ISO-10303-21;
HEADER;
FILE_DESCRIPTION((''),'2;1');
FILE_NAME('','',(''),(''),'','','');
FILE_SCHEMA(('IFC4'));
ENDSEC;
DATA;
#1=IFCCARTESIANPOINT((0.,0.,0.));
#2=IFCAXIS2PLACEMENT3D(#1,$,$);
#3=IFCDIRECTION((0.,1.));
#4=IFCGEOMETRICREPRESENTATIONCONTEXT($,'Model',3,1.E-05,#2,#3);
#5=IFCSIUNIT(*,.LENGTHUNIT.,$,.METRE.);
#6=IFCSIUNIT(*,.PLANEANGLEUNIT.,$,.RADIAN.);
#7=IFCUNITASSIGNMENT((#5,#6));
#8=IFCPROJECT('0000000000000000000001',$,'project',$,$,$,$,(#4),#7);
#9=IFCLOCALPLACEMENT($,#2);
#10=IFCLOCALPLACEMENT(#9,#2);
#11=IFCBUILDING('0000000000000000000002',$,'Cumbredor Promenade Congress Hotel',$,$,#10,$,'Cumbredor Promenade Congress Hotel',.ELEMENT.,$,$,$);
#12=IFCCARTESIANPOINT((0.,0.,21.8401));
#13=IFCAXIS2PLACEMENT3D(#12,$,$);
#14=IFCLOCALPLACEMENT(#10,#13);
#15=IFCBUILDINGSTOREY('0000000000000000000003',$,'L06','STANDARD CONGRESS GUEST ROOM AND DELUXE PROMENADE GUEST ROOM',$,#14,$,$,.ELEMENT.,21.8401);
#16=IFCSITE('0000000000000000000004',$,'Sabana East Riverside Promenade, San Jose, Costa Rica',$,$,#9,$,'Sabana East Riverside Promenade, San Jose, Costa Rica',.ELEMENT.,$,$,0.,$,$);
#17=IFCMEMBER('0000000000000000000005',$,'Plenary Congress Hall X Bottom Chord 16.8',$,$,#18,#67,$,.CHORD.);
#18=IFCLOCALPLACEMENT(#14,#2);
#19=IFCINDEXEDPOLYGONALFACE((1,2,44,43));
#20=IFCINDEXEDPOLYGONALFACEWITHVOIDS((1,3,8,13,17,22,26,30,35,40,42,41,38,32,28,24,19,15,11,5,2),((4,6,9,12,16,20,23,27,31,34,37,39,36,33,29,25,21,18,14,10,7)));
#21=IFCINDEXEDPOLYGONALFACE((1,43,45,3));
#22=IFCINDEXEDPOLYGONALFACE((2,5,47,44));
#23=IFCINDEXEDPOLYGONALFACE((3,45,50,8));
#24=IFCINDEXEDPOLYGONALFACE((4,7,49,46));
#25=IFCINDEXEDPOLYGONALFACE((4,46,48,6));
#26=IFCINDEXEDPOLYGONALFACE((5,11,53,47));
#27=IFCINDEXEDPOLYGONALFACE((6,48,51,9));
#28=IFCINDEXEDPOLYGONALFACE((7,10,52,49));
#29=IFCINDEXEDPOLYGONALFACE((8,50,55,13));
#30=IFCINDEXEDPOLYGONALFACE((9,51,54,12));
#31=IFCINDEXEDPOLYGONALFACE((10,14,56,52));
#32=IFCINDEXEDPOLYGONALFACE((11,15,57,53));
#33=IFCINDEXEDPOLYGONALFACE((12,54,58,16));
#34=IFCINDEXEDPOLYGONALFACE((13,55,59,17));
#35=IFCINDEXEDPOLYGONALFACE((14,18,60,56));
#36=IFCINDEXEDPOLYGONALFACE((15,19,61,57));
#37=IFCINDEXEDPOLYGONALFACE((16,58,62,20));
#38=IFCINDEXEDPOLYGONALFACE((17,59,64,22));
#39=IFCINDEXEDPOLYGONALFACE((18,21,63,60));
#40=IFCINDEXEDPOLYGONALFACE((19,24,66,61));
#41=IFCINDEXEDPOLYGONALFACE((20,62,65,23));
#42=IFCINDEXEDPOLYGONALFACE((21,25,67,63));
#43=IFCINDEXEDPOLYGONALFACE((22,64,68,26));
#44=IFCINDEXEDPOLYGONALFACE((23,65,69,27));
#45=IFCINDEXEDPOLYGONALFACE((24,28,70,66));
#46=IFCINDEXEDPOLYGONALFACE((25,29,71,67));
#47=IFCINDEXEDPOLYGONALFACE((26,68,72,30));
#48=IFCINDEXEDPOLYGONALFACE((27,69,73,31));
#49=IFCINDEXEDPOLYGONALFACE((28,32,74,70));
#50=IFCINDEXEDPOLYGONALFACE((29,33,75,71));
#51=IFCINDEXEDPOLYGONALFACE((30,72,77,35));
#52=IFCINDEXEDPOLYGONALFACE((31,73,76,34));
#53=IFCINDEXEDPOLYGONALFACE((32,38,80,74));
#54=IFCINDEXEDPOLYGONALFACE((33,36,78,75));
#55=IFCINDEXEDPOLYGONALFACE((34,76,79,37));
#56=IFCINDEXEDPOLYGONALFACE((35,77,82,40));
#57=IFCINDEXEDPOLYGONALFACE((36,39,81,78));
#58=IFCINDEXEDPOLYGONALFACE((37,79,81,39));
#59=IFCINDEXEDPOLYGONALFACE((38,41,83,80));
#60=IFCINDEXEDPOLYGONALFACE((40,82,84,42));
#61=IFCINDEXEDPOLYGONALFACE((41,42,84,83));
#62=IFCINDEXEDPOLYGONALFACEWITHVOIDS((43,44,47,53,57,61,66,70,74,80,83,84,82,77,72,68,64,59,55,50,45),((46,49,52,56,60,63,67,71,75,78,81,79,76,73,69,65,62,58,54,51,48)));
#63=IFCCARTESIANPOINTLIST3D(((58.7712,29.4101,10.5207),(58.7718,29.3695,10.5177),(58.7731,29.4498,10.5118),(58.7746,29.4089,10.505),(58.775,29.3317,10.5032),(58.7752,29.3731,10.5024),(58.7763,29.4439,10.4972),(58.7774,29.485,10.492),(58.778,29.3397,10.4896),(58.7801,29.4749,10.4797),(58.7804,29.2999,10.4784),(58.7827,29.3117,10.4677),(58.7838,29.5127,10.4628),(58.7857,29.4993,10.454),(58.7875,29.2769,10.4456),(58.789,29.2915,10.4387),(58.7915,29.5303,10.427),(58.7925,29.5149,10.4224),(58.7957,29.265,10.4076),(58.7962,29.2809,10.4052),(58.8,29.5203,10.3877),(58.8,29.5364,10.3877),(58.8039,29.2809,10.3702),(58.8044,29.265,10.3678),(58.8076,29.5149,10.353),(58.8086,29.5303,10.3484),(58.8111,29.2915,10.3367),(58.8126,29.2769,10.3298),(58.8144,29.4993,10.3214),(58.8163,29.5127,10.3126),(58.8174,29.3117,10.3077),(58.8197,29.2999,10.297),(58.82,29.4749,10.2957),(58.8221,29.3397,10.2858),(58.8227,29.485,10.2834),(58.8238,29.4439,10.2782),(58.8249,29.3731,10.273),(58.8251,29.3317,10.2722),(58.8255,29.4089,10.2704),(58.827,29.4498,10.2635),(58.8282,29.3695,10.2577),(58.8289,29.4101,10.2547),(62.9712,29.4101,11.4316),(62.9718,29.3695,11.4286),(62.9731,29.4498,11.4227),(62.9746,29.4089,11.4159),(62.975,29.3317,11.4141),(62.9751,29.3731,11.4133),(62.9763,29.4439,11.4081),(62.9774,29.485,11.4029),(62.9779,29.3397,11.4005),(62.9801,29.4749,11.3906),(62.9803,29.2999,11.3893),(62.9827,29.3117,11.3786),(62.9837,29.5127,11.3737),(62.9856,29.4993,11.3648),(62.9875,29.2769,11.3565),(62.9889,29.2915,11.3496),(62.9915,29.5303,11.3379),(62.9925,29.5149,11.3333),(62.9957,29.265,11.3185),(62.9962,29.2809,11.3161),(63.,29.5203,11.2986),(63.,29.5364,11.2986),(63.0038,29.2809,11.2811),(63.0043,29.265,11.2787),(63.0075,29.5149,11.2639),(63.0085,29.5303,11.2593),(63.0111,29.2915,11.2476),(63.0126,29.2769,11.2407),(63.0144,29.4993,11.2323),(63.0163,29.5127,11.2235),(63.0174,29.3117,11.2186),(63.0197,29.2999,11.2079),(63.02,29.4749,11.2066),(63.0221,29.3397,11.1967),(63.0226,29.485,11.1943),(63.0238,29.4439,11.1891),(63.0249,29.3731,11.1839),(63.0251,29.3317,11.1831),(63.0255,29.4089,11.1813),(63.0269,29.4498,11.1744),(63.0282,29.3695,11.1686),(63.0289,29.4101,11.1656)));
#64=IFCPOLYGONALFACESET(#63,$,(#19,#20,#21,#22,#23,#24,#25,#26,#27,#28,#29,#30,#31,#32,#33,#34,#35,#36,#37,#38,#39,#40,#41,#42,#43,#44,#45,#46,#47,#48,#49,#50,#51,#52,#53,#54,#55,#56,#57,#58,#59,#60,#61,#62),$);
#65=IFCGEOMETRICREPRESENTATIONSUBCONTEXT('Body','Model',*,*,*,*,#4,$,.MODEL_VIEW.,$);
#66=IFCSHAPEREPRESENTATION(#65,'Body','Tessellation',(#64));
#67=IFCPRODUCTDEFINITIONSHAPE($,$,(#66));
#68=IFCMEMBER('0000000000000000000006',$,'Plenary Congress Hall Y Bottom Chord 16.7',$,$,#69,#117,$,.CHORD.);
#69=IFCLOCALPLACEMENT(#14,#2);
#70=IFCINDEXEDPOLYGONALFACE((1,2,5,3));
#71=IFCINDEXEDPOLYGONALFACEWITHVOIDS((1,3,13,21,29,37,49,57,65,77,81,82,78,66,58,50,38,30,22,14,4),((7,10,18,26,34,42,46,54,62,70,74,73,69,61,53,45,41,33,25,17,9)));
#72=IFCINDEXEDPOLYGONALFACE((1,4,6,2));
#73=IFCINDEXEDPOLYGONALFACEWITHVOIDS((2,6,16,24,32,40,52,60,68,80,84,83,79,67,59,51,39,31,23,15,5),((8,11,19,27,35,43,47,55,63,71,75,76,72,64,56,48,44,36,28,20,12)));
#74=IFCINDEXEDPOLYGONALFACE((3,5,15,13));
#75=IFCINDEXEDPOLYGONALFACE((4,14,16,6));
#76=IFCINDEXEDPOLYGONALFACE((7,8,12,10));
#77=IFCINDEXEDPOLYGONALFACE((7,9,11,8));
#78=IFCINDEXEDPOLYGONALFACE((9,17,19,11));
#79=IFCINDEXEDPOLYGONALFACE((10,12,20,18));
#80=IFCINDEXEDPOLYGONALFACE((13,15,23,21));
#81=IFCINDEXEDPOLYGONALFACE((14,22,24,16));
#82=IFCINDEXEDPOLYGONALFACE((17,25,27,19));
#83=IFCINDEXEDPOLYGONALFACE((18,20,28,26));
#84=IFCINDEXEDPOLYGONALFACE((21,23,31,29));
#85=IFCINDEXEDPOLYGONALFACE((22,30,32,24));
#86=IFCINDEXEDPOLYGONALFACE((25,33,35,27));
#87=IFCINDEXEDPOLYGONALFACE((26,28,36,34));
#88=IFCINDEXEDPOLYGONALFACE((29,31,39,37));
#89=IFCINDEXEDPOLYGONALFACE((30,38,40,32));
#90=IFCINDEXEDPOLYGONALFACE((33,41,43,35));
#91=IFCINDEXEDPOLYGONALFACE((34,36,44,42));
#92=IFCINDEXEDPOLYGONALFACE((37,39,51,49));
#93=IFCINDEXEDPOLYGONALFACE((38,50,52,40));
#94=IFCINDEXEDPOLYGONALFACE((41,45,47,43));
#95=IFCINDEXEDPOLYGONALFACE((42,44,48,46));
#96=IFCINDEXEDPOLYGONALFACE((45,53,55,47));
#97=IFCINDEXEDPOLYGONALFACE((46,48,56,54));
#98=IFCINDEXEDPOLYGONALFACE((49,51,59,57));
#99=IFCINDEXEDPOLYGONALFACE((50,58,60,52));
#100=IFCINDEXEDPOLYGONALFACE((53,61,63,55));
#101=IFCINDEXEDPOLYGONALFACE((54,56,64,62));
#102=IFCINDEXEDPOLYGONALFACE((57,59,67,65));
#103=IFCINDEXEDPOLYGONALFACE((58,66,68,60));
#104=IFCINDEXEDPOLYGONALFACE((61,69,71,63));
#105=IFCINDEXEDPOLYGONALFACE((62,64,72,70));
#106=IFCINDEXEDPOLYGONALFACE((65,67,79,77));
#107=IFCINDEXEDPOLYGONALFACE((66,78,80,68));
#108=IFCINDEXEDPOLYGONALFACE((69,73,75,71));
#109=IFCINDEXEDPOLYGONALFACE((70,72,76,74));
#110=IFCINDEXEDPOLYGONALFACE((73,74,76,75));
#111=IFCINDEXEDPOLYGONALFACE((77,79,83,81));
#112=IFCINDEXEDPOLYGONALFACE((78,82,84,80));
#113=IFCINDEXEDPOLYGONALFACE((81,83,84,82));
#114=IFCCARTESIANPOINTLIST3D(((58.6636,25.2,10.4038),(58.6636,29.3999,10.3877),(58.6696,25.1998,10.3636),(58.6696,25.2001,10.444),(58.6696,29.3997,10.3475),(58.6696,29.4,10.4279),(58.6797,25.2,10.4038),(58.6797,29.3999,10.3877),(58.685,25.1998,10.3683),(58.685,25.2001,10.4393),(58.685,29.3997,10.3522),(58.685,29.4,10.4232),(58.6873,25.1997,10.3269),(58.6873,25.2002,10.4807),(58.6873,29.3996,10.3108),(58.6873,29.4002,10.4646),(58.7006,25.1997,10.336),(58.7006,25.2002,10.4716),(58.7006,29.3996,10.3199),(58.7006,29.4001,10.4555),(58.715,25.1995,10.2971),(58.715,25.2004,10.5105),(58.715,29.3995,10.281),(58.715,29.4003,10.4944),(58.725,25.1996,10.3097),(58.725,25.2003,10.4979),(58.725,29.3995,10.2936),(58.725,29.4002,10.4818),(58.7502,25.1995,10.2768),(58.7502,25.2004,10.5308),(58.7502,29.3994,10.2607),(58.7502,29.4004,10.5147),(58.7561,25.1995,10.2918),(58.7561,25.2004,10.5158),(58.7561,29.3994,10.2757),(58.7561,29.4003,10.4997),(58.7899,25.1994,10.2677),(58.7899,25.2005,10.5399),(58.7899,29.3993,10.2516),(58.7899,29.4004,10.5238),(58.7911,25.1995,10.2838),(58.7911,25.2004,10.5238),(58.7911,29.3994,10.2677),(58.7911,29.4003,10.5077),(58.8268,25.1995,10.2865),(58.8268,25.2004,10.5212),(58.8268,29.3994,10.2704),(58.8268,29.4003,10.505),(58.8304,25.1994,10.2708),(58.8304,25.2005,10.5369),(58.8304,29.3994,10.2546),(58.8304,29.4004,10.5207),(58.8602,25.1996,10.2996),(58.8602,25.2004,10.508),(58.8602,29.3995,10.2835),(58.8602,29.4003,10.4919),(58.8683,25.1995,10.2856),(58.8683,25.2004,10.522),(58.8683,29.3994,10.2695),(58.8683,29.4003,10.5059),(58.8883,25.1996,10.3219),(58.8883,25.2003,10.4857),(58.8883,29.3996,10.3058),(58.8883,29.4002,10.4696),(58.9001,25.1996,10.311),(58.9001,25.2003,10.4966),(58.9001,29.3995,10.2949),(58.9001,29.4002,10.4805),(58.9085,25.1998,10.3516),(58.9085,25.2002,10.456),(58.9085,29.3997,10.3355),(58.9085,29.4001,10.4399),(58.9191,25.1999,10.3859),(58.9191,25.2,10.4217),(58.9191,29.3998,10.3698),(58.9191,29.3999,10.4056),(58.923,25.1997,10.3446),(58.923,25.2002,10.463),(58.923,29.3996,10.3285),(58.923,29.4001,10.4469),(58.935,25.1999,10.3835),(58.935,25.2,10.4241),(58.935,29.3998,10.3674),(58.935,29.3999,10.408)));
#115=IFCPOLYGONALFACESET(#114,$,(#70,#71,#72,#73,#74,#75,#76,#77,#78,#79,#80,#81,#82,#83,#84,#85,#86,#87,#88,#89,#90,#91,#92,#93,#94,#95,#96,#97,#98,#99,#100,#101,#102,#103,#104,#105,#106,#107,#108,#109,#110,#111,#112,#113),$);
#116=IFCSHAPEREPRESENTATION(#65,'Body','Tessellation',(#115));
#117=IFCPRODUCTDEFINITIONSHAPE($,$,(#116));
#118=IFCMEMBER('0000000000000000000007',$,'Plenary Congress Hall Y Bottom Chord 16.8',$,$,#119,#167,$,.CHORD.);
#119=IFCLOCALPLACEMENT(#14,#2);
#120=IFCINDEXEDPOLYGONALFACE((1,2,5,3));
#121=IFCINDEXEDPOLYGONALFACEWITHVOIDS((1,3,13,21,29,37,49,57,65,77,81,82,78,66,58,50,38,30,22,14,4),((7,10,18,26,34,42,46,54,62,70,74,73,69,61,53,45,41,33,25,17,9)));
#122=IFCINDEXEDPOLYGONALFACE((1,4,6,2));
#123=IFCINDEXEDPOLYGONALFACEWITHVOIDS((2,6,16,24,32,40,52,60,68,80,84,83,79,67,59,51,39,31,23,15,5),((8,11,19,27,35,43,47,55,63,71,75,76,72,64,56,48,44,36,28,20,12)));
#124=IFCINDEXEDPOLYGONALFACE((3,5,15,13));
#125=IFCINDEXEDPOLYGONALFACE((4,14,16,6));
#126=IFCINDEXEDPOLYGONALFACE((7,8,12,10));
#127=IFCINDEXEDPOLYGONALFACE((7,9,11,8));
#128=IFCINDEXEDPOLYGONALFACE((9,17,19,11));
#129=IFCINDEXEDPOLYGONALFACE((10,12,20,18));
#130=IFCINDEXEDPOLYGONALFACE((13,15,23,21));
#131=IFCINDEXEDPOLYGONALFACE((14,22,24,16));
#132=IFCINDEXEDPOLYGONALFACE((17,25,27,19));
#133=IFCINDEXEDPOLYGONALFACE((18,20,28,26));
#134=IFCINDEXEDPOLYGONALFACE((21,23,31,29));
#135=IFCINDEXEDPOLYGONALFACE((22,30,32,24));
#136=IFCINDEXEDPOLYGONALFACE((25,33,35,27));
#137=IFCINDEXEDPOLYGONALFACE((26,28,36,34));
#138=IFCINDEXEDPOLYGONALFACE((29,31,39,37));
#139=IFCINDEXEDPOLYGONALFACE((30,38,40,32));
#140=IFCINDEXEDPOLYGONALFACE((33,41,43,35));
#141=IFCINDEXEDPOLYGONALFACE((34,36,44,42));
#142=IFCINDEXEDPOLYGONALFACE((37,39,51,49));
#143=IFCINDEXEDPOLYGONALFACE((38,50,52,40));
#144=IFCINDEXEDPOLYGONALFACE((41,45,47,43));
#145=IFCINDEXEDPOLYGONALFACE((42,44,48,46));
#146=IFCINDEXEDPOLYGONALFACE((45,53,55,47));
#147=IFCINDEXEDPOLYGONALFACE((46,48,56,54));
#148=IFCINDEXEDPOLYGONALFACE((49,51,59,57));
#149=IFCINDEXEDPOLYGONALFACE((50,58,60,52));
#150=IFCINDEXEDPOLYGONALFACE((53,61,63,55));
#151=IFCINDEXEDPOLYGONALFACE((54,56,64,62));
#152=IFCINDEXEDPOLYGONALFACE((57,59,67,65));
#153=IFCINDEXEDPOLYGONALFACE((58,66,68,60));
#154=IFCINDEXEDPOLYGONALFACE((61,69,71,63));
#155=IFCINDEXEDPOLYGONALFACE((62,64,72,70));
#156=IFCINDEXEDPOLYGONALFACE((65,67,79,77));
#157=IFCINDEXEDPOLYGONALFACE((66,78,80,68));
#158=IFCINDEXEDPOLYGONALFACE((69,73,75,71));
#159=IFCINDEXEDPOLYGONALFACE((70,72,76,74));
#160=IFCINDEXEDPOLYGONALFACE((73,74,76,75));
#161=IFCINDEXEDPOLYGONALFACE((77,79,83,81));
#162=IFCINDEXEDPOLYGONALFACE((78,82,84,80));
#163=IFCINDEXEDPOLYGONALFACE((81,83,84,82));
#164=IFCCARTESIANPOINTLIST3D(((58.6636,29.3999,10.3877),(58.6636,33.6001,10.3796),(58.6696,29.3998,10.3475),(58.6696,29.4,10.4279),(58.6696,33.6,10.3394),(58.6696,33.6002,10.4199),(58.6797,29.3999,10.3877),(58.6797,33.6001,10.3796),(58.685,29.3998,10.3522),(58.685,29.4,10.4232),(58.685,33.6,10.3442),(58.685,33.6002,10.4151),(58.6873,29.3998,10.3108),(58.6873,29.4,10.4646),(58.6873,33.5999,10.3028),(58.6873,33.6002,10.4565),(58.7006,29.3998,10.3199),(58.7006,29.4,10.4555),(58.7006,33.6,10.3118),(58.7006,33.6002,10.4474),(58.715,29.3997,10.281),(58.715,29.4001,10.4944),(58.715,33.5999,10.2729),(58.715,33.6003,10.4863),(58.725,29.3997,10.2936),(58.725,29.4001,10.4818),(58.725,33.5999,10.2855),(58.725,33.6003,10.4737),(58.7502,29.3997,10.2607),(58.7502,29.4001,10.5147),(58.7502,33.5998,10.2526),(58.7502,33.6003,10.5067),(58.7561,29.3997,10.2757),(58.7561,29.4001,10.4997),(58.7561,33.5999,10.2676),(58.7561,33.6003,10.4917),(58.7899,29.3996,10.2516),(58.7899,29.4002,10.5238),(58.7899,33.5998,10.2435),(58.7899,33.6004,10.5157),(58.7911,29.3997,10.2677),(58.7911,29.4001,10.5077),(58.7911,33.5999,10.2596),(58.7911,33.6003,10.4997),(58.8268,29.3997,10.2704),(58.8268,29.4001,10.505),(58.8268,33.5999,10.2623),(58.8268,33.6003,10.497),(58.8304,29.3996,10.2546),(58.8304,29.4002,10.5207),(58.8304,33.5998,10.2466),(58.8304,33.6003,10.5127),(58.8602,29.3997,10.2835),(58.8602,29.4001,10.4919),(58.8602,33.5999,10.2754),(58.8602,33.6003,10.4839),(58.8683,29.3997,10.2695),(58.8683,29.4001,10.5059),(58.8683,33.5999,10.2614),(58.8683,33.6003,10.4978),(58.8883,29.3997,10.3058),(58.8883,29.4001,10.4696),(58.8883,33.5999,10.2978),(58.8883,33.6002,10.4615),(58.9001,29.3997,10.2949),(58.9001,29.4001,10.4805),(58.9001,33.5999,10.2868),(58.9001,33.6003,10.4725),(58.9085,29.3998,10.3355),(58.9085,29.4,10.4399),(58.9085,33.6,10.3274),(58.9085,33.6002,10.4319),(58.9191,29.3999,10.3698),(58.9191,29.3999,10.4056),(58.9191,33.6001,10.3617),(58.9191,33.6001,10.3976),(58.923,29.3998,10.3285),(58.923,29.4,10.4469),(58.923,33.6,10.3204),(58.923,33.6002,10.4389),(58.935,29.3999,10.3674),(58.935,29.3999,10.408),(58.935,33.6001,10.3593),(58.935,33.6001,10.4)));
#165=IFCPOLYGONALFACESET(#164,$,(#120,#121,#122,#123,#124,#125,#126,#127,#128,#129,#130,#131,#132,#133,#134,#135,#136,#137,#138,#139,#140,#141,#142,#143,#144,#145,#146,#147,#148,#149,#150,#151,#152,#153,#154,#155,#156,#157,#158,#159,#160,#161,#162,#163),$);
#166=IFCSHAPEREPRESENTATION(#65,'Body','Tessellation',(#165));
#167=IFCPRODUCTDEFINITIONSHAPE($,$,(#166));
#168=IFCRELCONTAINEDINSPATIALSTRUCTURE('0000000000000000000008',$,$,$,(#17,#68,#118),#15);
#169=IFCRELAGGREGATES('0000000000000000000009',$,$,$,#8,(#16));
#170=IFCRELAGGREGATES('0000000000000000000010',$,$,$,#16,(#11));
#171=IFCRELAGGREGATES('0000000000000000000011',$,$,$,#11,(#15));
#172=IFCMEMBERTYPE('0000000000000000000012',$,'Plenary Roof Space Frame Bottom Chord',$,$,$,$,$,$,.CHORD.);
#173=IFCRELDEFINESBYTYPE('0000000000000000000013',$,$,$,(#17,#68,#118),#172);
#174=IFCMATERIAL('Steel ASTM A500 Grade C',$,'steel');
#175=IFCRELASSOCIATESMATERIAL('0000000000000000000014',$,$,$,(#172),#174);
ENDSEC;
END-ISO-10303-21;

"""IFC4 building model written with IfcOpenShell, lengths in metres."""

from ifc_helpers import new_model, si_unit, direction, frame, origin, origin_2d, place, context, subcontext, project, spatial, hollow_circle, extrude, material, material_profile, profile_set, type_object, element, save


model = new_model("IFC4")

# Units and contexts
model_context = context("Model", 3, precision=1e-05, world=origin(), true_north=direction((0.0, 1.0)))
body_context = subcontext(model_context, "Body", "Model", "MODEL_VIEW")
ifc_project = project(units=[si_unit("LENGTHUNIT", "METRE"), si_unit("PLANEANGLEUNIT", "RADIAN")], contexts=[model_context])

# Site, building, storey
site_placement = place(None, origin())
site = spatial("IfcSite", under=ifc_project, at=site_placement, Name="Sabana East Riverside Promenade, San Jose, Costa Rica", LongName="Sabana East Riverside Promenade, San Jose, Costa Rica", CompositionType="ELEMENT", RefElevation=0.0)
building_placement = place(site_placement, origin())
building = spatial("IfcBuilding", under=site, at=building_placement, Name="Cumbredor Promenade Congress Hotel", LongName="Cumbredor Promenade Congress Hotel", CompositionType="ELEMENT")
storey_placement = place(building_placement, frame((0.0, 0.0, 21.8401)))
storey = spatial("IfcBuildingStorey", under=building, at=storey_placement, Name="L06", Description="STANDARD CONGRESS GUEST ROOM AND DELUXE PROMENADE GUEST ROOM", CompositionType="ELEMENT", Elevation=21.8401)

# Members
ifc_material_1 = material(Name="Steel ASTM A500 Grade C", Category="steel")
ifc_material_profile_1 = material_profile(ifc_material_1, hollow_circle(Radius=0.1365, WallThickness=0.0161, at=origin_2d()), Name="CHS 273.0x16")
ifc_profile_set_1 = profile_set([ifc_material_profile_1], Name="Steel ASTM A500 Grade C")
member_type_1 = type_object("IfcMemberType", Name="Plenary Roof Space Frame Bottom Chord", PredefinedType="CHORD", material=ifc_profile_set_1)
member_1_placement = place(storey_placement, frame((58.8, 29.3999, 10.3877), z_axis=(0.97728, 0.0, 0.211953), x_axis=(0.0, 1.0, 0.0)))
element("IfcMember", 1, at=member_1_placement, inside=storey, type_object=member_type_1, Name="Plenary Congress Hall X Bottom Chord 16.8", PredefinedType="CHORD", context=body_context, shape_type="SweptSolid", body=[
    extrude(hollow_circle(Radius=0.1365, WallThickness=0.0161, at=origin_2d()), origin(), (0.0, 0.0, 1.0), 4.2976),
])
member_2_placement = place(storey_placement, frame((58.8, 25.2, 10.4038), z_axis=(0.0, 0.999993, -0.003837), x_axis=(-1.0, 0.0, 0.0)))
element("IfcMember", 2, at=member_2_placement, inside=storey, type_object=member_type_1, Name="Plenary Congress Hall Y Bottom Chord 16.7", PredefinedType="CHORD", context=body_context, shape_type="SweptSolid", body=[
    extrude(hollow_circle(Radius=0.1365, WallThickness=0.0161, at=origin_2d()), origin(), (0.0, 0.0, 1.0), 4.2),
])
member_3_placement = place(storey_placement, frame((58.8, 29.3999, 10.3877), z_axis=(0.0, 0.999998, -0.001918), x_axis=(-1.0, 0.0, 0.0)))
element("IfcMember", 3, at=member_3_placement, inside=storey, type_object=member_type_1, Name="Plenary Congress Hall Y Bottom Chord 16.8", PredefinedType="CHORD", context=body_context, shape_type="SweptSolid", body=[
    extrude(hollow_circle(Radius=0.1365, WallThickness=0.0161, at=origin_2d()), origin(), (0.0, 0.0, 1.0), 4.2002),
])

save(model, "model.ifc")
